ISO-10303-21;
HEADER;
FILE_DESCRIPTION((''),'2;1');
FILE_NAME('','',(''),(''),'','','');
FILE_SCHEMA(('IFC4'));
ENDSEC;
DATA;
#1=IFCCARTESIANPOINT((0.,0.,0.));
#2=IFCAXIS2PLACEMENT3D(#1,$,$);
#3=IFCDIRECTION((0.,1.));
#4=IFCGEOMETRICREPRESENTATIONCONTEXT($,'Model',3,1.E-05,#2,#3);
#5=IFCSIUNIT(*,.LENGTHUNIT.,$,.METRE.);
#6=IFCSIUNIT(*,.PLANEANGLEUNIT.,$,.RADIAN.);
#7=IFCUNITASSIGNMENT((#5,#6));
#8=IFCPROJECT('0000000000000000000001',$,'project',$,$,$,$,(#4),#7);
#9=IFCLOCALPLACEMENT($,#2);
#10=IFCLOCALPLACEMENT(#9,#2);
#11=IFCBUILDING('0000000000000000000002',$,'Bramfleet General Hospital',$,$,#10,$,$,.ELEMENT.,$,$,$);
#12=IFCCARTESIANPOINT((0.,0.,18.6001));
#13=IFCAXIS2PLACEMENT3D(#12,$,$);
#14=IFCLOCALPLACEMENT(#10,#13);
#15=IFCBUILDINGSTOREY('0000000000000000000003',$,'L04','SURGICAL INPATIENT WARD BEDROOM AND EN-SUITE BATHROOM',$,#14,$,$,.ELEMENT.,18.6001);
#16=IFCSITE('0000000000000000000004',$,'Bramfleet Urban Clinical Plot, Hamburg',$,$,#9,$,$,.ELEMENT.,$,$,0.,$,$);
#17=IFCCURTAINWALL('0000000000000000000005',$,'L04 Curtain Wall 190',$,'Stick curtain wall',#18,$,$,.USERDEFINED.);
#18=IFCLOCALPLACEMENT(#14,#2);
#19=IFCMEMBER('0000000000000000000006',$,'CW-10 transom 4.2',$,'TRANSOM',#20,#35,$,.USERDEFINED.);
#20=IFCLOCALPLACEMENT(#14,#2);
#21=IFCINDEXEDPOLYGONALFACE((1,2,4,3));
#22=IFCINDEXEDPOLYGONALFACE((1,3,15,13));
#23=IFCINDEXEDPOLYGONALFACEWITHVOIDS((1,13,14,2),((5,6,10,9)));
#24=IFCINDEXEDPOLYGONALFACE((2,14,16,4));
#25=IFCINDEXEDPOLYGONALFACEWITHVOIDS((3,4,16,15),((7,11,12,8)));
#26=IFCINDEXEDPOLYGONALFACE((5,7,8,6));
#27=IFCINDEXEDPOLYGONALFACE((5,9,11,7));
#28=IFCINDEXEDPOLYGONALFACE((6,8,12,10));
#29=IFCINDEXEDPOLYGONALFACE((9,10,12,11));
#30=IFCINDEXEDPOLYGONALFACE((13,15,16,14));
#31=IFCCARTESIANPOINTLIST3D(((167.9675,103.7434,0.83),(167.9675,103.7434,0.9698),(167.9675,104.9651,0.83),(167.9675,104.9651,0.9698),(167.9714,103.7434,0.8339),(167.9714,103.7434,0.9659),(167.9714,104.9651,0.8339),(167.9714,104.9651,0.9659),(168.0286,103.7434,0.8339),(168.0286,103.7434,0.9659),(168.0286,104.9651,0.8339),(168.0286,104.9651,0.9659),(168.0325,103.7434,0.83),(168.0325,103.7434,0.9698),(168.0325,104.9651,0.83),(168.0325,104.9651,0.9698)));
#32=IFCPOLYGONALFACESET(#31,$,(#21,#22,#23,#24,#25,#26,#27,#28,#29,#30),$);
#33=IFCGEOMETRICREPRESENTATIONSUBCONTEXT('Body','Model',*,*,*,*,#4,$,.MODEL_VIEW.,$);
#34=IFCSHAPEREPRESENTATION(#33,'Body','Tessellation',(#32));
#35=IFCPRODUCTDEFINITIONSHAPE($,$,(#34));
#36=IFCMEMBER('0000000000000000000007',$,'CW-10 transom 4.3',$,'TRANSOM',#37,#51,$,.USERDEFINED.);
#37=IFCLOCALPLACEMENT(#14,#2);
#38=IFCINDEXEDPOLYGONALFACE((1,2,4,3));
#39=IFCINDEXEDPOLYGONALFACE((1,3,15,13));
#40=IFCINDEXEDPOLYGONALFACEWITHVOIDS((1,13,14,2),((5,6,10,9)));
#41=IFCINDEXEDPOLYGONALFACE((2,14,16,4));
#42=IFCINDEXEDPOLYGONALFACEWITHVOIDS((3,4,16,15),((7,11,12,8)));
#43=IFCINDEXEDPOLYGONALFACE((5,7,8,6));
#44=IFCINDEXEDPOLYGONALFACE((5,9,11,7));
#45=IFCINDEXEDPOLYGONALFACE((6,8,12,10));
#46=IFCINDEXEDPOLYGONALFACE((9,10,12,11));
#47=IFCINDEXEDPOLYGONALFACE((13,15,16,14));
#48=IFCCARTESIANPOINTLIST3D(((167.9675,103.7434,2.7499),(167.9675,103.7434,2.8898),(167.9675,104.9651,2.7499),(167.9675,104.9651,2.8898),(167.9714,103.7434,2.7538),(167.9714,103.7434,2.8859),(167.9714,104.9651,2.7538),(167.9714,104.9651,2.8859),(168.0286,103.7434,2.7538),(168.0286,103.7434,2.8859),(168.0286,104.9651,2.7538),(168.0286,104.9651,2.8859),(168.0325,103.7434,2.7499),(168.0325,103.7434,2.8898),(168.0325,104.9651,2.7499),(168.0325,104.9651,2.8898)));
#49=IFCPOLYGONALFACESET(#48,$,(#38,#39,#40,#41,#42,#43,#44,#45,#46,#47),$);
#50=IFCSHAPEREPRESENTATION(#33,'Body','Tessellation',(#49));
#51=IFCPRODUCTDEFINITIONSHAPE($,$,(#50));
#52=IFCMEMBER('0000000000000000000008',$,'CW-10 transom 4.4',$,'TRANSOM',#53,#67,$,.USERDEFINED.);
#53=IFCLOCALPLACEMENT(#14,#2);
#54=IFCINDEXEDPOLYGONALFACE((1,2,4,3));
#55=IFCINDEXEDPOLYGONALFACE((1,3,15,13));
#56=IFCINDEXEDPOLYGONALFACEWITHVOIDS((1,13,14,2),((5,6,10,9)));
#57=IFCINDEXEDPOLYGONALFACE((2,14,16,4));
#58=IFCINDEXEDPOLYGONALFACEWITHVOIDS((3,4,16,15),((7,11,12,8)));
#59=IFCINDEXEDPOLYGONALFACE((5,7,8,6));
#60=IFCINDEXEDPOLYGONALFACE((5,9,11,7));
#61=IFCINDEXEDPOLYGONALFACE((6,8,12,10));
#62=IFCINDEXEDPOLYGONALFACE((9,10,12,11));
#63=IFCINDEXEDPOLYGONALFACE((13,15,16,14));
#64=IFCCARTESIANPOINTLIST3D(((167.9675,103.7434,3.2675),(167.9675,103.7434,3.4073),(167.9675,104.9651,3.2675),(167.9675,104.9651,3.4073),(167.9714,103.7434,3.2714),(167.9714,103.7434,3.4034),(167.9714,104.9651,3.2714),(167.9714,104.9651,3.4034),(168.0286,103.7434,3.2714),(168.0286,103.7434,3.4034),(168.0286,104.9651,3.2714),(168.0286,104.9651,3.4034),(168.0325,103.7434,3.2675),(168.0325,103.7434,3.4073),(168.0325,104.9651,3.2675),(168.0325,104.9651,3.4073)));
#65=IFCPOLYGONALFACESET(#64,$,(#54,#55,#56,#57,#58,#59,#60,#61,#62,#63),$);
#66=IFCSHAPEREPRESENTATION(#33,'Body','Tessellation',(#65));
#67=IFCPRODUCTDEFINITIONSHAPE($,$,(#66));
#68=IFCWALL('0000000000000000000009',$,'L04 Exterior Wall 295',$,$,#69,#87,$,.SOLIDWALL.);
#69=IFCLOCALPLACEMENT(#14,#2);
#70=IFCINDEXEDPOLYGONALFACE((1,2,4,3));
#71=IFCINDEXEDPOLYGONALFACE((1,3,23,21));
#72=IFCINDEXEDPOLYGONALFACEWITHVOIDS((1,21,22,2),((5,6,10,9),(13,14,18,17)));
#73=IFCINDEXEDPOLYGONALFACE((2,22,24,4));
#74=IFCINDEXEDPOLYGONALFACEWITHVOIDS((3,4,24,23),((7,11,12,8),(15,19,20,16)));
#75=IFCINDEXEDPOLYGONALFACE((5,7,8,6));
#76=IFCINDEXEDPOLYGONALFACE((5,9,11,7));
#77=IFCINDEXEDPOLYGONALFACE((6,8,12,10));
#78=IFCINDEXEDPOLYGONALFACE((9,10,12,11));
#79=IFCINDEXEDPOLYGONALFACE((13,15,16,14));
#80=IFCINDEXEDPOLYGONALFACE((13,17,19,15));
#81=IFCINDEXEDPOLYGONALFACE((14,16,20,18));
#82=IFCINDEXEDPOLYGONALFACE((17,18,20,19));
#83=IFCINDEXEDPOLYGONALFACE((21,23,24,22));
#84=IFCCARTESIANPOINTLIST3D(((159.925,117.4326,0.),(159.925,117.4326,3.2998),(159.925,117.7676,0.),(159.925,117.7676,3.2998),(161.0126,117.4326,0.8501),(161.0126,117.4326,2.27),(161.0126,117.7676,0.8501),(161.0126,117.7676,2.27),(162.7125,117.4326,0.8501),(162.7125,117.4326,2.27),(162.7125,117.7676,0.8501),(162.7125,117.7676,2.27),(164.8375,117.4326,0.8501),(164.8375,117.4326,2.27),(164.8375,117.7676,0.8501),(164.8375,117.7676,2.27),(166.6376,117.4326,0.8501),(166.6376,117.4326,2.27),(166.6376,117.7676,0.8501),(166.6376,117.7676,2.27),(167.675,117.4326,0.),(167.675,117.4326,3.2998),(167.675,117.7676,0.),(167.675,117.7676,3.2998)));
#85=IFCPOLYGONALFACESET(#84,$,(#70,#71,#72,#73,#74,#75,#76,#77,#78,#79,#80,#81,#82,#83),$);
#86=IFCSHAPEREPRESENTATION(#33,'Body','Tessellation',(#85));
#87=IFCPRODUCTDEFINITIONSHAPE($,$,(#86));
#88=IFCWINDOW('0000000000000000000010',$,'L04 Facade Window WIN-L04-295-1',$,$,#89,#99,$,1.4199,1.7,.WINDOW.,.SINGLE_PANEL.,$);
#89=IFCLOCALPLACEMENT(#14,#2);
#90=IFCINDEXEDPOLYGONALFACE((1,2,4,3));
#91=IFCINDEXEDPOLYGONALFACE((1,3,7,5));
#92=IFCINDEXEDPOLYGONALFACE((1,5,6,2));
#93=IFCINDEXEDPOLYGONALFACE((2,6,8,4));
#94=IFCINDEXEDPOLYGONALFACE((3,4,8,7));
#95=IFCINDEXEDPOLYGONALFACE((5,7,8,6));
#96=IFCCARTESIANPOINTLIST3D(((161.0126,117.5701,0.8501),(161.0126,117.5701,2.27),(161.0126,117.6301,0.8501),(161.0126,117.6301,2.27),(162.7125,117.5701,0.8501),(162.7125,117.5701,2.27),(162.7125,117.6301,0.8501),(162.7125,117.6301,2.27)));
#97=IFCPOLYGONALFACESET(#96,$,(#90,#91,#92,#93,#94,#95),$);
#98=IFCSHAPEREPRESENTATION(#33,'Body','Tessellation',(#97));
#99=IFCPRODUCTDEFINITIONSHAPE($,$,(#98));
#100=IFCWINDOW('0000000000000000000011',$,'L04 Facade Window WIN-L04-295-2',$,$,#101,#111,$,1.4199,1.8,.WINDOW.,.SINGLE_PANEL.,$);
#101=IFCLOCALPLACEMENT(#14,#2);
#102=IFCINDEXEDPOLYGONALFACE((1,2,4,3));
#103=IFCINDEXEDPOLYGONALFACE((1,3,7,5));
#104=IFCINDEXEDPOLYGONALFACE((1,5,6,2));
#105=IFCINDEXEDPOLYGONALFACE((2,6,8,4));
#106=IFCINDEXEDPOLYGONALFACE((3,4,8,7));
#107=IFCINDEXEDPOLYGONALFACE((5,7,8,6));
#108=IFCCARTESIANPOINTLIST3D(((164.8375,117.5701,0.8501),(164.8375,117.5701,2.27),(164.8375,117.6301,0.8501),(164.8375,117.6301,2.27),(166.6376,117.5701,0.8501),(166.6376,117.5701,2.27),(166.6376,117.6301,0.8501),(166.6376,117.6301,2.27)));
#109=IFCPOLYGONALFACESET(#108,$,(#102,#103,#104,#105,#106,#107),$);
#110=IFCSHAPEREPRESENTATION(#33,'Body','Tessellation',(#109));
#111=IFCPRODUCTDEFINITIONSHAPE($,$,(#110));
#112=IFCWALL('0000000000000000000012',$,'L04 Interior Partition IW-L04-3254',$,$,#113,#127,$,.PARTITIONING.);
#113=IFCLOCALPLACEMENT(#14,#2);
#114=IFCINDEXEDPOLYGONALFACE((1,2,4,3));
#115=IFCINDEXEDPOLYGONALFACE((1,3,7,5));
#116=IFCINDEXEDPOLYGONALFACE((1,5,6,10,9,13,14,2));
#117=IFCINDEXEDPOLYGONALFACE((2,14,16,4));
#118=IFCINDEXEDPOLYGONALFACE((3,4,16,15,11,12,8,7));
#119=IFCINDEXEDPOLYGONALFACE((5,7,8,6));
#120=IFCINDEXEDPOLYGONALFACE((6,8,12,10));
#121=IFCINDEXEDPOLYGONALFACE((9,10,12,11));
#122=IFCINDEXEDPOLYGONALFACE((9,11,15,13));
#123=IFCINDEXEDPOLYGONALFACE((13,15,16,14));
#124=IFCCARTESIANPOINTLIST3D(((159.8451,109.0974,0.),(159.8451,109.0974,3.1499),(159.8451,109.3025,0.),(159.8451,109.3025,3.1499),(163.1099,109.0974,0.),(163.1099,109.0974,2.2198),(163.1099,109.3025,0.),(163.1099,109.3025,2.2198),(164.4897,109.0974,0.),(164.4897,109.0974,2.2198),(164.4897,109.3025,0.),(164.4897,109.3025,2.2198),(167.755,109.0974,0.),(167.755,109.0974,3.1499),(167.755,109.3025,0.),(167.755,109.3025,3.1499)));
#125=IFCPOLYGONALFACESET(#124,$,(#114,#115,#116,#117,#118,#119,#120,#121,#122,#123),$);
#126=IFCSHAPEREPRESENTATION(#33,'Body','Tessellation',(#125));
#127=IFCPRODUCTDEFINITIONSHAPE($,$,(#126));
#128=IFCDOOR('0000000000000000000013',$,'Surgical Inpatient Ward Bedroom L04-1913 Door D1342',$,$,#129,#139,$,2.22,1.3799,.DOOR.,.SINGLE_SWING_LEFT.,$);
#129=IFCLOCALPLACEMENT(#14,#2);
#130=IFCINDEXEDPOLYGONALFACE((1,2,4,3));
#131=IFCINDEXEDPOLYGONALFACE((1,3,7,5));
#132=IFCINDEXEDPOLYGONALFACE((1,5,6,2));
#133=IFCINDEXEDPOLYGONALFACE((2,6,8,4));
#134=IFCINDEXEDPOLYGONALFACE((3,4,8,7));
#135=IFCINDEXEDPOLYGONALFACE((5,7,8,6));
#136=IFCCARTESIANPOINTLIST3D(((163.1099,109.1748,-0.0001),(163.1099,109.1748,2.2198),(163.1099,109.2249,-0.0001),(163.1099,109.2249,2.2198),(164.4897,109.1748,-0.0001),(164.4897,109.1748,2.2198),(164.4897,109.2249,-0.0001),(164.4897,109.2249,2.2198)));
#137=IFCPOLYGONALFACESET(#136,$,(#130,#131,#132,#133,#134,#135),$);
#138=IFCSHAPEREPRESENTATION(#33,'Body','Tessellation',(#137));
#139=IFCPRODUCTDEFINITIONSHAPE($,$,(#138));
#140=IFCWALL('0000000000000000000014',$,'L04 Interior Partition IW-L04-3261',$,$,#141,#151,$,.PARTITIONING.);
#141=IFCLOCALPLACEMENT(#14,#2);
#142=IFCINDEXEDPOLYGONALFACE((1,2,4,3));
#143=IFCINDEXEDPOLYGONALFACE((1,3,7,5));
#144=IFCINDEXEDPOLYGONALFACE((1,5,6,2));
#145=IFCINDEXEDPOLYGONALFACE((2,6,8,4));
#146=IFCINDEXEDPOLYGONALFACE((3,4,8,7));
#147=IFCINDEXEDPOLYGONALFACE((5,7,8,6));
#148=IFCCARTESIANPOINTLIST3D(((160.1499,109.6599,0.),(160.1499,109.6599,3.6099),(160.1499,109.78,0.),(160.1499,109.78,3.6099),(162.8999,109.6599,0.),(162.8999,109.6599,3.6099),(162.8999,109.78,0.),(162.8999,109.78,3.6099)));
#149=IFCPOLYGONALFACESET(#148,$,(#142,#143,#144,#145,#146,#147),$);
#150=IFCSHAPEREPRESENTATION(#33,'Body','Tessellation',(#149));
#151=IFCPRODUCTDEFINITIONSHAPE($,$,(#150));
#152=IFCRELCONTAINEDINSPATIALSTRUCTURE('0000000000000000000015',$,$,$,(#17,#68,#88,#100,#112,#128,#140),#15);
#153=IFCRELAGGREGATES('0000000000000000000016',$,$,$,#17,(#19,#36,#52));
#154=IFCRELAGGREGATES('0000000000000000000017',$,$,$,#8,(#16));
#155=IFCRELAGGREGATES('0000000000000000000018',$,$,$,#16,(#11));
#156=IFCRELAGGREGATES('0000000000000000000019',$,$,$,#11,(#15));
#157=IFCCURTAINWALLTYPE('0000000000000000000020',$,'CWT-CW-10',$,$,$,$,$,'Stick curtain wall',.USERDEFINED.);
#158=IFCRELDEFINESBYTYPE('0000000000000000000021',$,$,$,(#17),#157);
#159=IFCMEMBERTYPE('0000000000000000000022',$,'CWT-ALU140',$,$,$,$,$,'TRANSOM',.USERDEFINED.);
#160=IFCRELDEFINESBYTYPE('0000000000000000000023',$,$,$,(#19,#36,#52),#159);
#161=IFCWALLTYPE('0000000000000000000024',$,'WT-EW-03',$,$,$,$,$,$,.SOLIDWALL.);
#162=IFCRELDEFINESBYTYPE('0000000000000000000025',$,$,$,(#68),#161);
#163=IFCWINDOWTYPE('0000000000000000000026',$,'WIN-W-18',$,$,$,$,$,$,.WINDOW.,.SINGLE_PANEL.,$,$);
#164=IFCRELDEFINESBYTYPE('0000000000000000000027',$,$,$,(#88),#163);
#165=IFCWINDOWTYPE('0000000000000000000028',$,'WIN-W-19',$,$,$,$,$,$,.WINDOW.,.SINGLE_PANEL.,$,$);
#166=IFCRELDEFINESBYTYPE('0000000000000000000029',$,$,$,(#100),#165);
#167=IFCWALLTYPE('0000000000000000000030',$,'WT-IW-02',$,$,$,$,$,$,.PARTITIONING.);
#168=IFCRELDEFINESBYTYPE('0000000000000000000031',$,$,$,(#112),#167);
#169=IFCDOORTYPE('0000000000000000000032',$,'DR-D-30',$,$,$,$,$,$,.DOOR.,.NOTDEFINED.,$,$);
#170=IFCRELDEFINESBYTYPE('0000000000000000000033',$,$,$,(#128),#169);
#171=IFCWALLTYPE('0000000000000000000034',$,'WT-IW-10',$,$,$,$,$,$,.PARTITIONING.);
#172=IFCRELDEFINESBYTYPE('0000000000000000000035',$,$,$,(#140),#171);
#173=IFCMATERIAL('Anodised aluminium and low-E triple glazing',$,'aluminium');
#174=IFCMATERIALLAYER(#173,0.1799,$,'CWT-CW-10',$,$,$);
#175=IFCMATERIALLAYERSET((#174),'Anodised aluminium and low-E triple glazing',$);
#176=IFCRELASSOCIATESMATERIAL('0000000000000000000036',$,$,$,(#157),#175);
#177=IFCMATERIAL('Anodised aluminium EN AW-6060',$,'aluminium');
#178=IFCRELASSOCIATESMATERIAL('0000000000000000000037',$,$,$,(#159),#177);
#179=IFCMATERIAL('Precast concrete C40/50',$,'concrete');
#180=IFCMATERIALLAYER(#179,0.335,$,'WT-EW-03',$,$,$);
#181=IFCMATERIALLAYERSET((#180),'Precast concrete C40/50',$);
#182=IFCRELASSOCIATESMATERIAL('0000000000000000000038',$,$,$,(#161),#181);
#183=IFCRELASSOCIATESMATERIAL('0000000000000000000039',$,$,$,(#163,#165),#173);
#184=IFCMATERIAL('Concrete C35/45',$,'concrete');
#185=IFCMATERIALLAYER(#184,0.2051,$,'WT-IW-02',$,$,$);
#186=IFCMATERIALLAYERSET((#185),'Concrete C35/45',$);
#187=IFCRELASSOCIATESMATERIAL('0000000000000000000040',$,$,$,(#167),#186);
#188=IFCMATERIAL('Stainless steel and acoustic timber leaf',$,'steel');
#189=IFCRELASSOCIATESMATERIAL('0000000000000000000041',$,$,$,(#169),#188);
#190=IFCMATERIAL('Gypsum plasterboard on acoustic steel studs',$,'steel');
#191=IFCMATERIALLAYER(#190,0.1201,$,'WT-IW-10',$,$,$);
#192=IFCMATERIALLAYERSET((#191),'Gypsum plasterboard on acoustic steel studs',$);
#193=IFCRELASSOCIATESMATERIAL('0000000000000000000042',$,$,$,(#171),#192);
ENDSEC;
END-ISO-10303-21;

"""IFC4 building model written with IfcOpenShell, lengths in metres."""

from ifc_helpers import new_model, si_unit, direction, frame, frame_2d, origin, origin_2d, place, context, subcontext, project, spatial, rectangle, hollow_rectangle, extrude, material, layer, layer_set, material_profile, profile_set, type_object, element, fill, aggregate, save


model = new_model("IFC4")

# Units and contexts
model_context = context("Model", 3, precision=1e-05, world=origin(), true_north=direction((0.0, 1.0)))
body_context = subcontext(model_context, "Body", "Model", "MODEL_VIEW")
ifc_project = project(units=[si_unit("LENGTHUNIT", "METRE"), si_unit("PLANEANGLEUNIT", "RADIAN")], contexts=[model_context])

# Site, building, storey
site_placement = place(None, origin())
site = spatial("IfcSite", under=ifc_project, at=site_placement, Name="Bramfleet Urban Clinical Plot, Hamburg", CompositionType="ELEMENT", RefElevation=0.0)
building_placement = place(site_placement, origin())
building = spatial("IfcBuilding", under=site, at=building_placement, Name="Bramfleet General Hospital", CompositionType="ELEMENT")
storey_placement = place(building_placement, frame((0.0, 0.0, 18.6001)))
storey = spatial("IfcBuildingStorey", under=building, at=storey_placement, Name="L04", Description="SURGICAL INPATIENT WARD BEDROOM AND EN-SUITE BATHROOM", CompositionType="ELEMENT", Elevation=18.6001)

# Curtain wall, members
ifc_material_1 = material(Name="Anodised aluminium and low-E triple glazing", Category="aluminium")
ifc_layer_1 = layer(ifc_material_1, 0.1799, Name="CWT-CW-10")
ifc_layer_set_1 = layer_set([ifc_layer_1], Name="Anodised aluminium and low-E triple glazing")
curtain_wall_type = type_object("IfcCurtainWallType", Name="CWT-CW-10", ElementType="Stick curtain wall", PredefinedType="USERDEFINED", material=ifc_layer_set_1)
curtain_wall_placement = place(storey_placement, origin())
curtain_wall = element("IfcCurtainWall", 1, at=curtain_wall_placement, inside=storey, type_object=curtain_wall_type, Name="L04 Curtain Wall 190", ObjectType="Stick curtain wall", PredefinedType="USERDEFINED")
ifc_material_2 = material(Name="Anodised aluminium EN AW-6060", Category="aluminium")
ifc_material_profile_1 = material_profile(ifc_material_2, hollow_rectangle(XDim=0.0649, YDim=0.1399, WallThickness=0.0039, at=origin_2d()), Name="ALU 140x65x4.0")
ifc_profile_set_1 = profile_set([ifc_material_profile_1], Name="Anodised aluminium EN AW-6060")
member_type_1 = type_object("IfcMemberType", Name="CWT-ALU140", ElementType="TRANSOM", PredefinedType="USERDEFINED", material=ifc_profile_set_1)
member_1_placement = place(storey_placement, frame((168.0, 104.9651, 0.8999), z_axis=(0.0, -1.0, 0.0), x_axis=(1.0, 0.0, 0.0)))
member_1 = element("IfcMember", 2, at=member_1_placement, type_object=member_type_1, Name="CW-10 transom 4.2", ObjectType="TRANSOM", PredefinedType="USERDEFINED", context=body_context, shape_type="SweptSolid", body=[
    extrude(hollow_rectangle(XDim=0.0649, YDim=0.1399, WallThickness=0.0039, at=origin_2d()), origin(), (0.0, 0.0, 1.0), 1.2217),
])
member_2_placement = place(storey_placement, frame((168.0, 104.9651, 2.8198), z_axis=(0.0, -1.0, 0.0), x_axis=(1.0, 0.0, 0.0)))
member_2 = element("IfcMember", 3, at=member_2_placement, type_object=member_type_1, Name="CW-10 transom 4.3", ObjectType="TRANSOM", PredefinedType="USERDEFINED", context=body_context, shape_type="SweptSolid", body=[
    extrude(hollow_rectangle(XDim=0.0649, YDim=0.1399, WallThickness=0.0039, at=origin_2d()), origin(), (0.0, 0.0, 1.0), 1.2217),
])
member_3_placement = place(storey_placement, frame((168.0, 104.9651, 3.3374), z_axis=(0.0, -1.0, 0.0), x_axis=(1.0, 0.0, 0.0)))
member_3 = element("IfcMember", 4, at=member_3_placement, type_object=member_type_1, Name="CW-10 transom 4.4", ObjectType="TRANSOM", PredefinedType="USERDEFINED", context=body_context, shape_type="SweptSolid", body=[
    extrude(hollow_rectangle(XDim=0.0649, YDim=0.1399, WallThickness=0.0039, at=origin_2d()), origin(), (0.0, 0.0, 1.0), 1.2217),
])
aggregate(curtain_wall, [member_1, member_2, member_3])

# Wall, openings, windows
ifc_material_3 = material(Name="Precast concrete C40/50", Category="concrete")
ifc_layer_2 = layer(ifc_material_3, 0.335, Name="WT-EW-03")
ifc_layer_set_2 = layer_set([ifc_layer_2], Name="Precast concrete C40/50")
wall_type_1 = type_object("IfcWallType", Name="WT-EW-03", PredefinedType="SOLIDWALL", material=ifc_layer_set_2)
wall_1_placement = place(storey_placement, frame((159.925, 117.6001, 0.0), z_axis=(0.0, 0.0, 1.0), x_axis=(1.0, 0.0, 0.0)))
wall_1 = element("IfcWall", 5, at=wall_1_placement, inside=storey, type_object=wall_type_1, Name="L04 Exterior Wall 295", PredefinedType="SOLIDWALL", context=body_context, shape_type="SweptSolid", body=[
    extrude(rectangle(XDim=7.75, YDim=0.335, at=frame_2d((3.875, 0.0))), origin(), (0.0, 0.0, 1.0), 3.2998),
])
opening_1_placement = place(wall_1_placement, frame((1.0874, 0.0, 0.8501)))
opening_1 = element("IfcOpeningElement", 6, at=opening_1_placement, cuts=wall_1, PredefinedType="OPENING", context=body_context, shape_type="SweptSolid", body=[
    extrude(rectangle(XDim=1.7, YDim=1.4199, at=frame_2d((0.8501, 0.71))), frame((0.0, 0.1775, 0.0), z_axis=(0.0, -1.0, 0.0), x_axis=(1.0, 0.0, 0.0)), (0.0, 0.0, 1.0), 0.355),
])
opening_2_placement = place(wall_1_placement, frame((4.9126, 0.0, 0.8501)))
opening_2 = element("IfcOpeningElement", 7, at=opening_2_placement, cuts=wall_1, PredefinedType="OPENING", context=body_context, shape_type="SweptSolid", body=[
    extrude(rectangle(XDim=1.8, YDim=1.4199, at=frame_2d((0.8999, 0.71))), frame((0.0, 0.1775, 0.0), z_axis=(0.0, -1.0, 0.0), x_axis=(1.0, 0.0, 0.0)), (0.0, 0.0, 1.0), 0.355),
])
window_type_1 = type_object("IfcWindowType", Name="WIN-W-18", PartitioningType="SINGLE_PANEL", PredefinedType="WINDOW", material=ifc_material_1)
window_1_placement = place(opening_1_placement, origin())
window_1 = element("IfcWindow", 8, at=window_1_placement, inside=storey, type_object=window_type_1, Name="L04 Facade Window WIN-L04-295-1", OverallHeight=1.4199, OverallWidth=1.7, PartitioningType="SINGLE_PANEL", PredefinedType="WINDOW", context=body_context, shape_type="SweptSolid", body=[
    extrude(rectangle(XDim=1.7, YDim=1.4199, at=frame_2d((0.8501, 0.71))), frame((0.0, 0.03, 0.0), z_axis=(0.0, -1.0, 0.0), x_axis=(1.0, 0.0, 0.0)), (0.0, 0.0, 1.0), 0.0601),
])
fill(opening_1, window_1)
window_type_2 = type_object("IfcWindowType", Name="WIN-W-19", PartitioningType="SINGLE_PANEL", PredefinedType="WINDOW", material=ifc_material_1)
window_2_placement = place(opening_2_placement, origin())
window_2 = element("IfcWindow", 9, at=window_2_placement, inside=storey, type_object=window_type_2, Name="L04 Facade Window WIN-L04-295-2", OverallHeight=1.4199, OverallWidth=1.8, PartitioningType="SINGLE_PANEL", PredefinedType="WINDOW", context=body_context, shape_type="SweptSolid", body=[
    extrude(rectangle(XDim=1.8, YDim=1.4199, at=frame_2d((0.8999, 0.71))), frame((0.0, 0.03, 0.0), z_axis=(0.0, -1.0, 0.0), x_axis=(1.0, 0.0, 0.0)), (0.0, 0.0, 1.0), 0.0601),
])
fill(opening_2, window_2)

# Wall, opening, door
ifc_material_4 = material(Name="Concrete C35/45", Category="concrete")
ifc_layer_3 = layer(ifc_material_4, 0.2051, Name="WT-IW-02")
ifc_layer_set_3 = layer_set([ifc_layer_3], Name="Concrete C35/45")
wall_type_2 = type_object("IfcWallType", Name="WT-IW-02", PredefinedType="PARTITIONING", material=ifc_layer_set_3)
wall_2_placement = place(storey_placement, frame((159.845, 109.2, 0.0), z_axis=(0.0, 0.0, 1.0), x_axis=(1.0, 0.0, 0.0)))
wall_2 = element("IfcWall", 10, at=wall_2_placement, inside=storey, type_object=wall_type_2, Name="L04 Interior Partition IW-L04-3254", PredefinedType="PARTITIONING", context=body_context, shape_type="SweptSolid", body=[
    extrude(rectangle(XDim=7.9099, YDim=0.2051, at=frame_2d((3.9551, 0.0))), origin(), (0.0, 0.0, 1.0), 3.1499),
])
opening_3_placement = place(wall_2_placement, frame((3.2649, 0.0, 0.0)))
opening_3 = element("IfcOpeningElement", 11, at=opening_3_placement, cuts=wall_2, PredefinedType="OPENING", context=body_context, shape_type="SweptSolid", body=[
    extrude(rectangle(XDim=1.3799, YDim=2.22, at=frame_2d((0.6899, 1.1099))), frame((0.0, 0.1125, 0.0), z_axis=(0.0, -1.0, 0.0), x_axis=(1.0, 0.0, 0.0)), (0.0, 0.0, 1.0), 0.2251),
])
ifc_material_5 = material(Name="Stainless steel and acoustic timber leaf", Category="steel")
door_type_1 = type_object("IfcDoorType", Name="DR-D-30", OperationType="NOTDEFINED", PredefinedType="DOOR", material=ifc_material_5)
door_1_placement = place(opening_3_placement, origin())
door_1 = element("IfcDoor", 12, at=door_1_placement, inside=storey, type_object=door_type_1, Name="Surgical Inpatient Ward Bedroom L04-1913 Door D1342", OperationType="SINGLE_SWING_LEFT", OverallHeight=2.22, OverallWidth=1.3799, PredefinedType="DOOR", context=body_context, shape_type="SweptSolid", body=[
    extrude(rectangle(XDim=1.3799, YDim=2.22, at=frame_2d((0.6899, 1.1099))), frame((0.0, 0.0249, 0.0), z_axis=(0.0, -1.0, 0.0), x_axis=(1.0, 0.0, 0.0)), (0.0, 0.0, 1.0), 0.05),
])
fill(opening_3, door_1)

# Wall
ifc_material_6 = material(Name="Gypsum plasterboard on acoustic steel studs", Category="steel")
ifc_layer_4 = layer(ifc_material_6, 0.1201, Name="WT-IW-10")
ifc_layer_set_4 = layer_set([ifc_layer_4], Name="Gypsum plasterboard on acoustic steel studs")
wall_type_3 = type_object("IfcWallType", Name="WT-IW-10", PredefinedType="PARTITIONING", material=ifc_layer_set_4)
wall_3_placement = place(storey_placement, frame((160.1499, 109.72, 0.0), z_axis=(0.0, 0.0, 1.0), x_axis=(1.0, 0.0, 0.0)))
element("IfcWall", 13, at=wall_3_placement, inside=storey, type_object=wall_type_3, Name="L04 Interior Partition IW-L04-3261", PredefinedType="PARTITIONING", context=body_context, shape_type="SweptSolid", body=[
    extrude(rectangle(XDim=2.75, YDim=0.1201, at=frame_2d((1.375, 0.0))), origin(), (0.0, 0.0, 1.0), 3.6099),
])

save(model, "model.ifc")
